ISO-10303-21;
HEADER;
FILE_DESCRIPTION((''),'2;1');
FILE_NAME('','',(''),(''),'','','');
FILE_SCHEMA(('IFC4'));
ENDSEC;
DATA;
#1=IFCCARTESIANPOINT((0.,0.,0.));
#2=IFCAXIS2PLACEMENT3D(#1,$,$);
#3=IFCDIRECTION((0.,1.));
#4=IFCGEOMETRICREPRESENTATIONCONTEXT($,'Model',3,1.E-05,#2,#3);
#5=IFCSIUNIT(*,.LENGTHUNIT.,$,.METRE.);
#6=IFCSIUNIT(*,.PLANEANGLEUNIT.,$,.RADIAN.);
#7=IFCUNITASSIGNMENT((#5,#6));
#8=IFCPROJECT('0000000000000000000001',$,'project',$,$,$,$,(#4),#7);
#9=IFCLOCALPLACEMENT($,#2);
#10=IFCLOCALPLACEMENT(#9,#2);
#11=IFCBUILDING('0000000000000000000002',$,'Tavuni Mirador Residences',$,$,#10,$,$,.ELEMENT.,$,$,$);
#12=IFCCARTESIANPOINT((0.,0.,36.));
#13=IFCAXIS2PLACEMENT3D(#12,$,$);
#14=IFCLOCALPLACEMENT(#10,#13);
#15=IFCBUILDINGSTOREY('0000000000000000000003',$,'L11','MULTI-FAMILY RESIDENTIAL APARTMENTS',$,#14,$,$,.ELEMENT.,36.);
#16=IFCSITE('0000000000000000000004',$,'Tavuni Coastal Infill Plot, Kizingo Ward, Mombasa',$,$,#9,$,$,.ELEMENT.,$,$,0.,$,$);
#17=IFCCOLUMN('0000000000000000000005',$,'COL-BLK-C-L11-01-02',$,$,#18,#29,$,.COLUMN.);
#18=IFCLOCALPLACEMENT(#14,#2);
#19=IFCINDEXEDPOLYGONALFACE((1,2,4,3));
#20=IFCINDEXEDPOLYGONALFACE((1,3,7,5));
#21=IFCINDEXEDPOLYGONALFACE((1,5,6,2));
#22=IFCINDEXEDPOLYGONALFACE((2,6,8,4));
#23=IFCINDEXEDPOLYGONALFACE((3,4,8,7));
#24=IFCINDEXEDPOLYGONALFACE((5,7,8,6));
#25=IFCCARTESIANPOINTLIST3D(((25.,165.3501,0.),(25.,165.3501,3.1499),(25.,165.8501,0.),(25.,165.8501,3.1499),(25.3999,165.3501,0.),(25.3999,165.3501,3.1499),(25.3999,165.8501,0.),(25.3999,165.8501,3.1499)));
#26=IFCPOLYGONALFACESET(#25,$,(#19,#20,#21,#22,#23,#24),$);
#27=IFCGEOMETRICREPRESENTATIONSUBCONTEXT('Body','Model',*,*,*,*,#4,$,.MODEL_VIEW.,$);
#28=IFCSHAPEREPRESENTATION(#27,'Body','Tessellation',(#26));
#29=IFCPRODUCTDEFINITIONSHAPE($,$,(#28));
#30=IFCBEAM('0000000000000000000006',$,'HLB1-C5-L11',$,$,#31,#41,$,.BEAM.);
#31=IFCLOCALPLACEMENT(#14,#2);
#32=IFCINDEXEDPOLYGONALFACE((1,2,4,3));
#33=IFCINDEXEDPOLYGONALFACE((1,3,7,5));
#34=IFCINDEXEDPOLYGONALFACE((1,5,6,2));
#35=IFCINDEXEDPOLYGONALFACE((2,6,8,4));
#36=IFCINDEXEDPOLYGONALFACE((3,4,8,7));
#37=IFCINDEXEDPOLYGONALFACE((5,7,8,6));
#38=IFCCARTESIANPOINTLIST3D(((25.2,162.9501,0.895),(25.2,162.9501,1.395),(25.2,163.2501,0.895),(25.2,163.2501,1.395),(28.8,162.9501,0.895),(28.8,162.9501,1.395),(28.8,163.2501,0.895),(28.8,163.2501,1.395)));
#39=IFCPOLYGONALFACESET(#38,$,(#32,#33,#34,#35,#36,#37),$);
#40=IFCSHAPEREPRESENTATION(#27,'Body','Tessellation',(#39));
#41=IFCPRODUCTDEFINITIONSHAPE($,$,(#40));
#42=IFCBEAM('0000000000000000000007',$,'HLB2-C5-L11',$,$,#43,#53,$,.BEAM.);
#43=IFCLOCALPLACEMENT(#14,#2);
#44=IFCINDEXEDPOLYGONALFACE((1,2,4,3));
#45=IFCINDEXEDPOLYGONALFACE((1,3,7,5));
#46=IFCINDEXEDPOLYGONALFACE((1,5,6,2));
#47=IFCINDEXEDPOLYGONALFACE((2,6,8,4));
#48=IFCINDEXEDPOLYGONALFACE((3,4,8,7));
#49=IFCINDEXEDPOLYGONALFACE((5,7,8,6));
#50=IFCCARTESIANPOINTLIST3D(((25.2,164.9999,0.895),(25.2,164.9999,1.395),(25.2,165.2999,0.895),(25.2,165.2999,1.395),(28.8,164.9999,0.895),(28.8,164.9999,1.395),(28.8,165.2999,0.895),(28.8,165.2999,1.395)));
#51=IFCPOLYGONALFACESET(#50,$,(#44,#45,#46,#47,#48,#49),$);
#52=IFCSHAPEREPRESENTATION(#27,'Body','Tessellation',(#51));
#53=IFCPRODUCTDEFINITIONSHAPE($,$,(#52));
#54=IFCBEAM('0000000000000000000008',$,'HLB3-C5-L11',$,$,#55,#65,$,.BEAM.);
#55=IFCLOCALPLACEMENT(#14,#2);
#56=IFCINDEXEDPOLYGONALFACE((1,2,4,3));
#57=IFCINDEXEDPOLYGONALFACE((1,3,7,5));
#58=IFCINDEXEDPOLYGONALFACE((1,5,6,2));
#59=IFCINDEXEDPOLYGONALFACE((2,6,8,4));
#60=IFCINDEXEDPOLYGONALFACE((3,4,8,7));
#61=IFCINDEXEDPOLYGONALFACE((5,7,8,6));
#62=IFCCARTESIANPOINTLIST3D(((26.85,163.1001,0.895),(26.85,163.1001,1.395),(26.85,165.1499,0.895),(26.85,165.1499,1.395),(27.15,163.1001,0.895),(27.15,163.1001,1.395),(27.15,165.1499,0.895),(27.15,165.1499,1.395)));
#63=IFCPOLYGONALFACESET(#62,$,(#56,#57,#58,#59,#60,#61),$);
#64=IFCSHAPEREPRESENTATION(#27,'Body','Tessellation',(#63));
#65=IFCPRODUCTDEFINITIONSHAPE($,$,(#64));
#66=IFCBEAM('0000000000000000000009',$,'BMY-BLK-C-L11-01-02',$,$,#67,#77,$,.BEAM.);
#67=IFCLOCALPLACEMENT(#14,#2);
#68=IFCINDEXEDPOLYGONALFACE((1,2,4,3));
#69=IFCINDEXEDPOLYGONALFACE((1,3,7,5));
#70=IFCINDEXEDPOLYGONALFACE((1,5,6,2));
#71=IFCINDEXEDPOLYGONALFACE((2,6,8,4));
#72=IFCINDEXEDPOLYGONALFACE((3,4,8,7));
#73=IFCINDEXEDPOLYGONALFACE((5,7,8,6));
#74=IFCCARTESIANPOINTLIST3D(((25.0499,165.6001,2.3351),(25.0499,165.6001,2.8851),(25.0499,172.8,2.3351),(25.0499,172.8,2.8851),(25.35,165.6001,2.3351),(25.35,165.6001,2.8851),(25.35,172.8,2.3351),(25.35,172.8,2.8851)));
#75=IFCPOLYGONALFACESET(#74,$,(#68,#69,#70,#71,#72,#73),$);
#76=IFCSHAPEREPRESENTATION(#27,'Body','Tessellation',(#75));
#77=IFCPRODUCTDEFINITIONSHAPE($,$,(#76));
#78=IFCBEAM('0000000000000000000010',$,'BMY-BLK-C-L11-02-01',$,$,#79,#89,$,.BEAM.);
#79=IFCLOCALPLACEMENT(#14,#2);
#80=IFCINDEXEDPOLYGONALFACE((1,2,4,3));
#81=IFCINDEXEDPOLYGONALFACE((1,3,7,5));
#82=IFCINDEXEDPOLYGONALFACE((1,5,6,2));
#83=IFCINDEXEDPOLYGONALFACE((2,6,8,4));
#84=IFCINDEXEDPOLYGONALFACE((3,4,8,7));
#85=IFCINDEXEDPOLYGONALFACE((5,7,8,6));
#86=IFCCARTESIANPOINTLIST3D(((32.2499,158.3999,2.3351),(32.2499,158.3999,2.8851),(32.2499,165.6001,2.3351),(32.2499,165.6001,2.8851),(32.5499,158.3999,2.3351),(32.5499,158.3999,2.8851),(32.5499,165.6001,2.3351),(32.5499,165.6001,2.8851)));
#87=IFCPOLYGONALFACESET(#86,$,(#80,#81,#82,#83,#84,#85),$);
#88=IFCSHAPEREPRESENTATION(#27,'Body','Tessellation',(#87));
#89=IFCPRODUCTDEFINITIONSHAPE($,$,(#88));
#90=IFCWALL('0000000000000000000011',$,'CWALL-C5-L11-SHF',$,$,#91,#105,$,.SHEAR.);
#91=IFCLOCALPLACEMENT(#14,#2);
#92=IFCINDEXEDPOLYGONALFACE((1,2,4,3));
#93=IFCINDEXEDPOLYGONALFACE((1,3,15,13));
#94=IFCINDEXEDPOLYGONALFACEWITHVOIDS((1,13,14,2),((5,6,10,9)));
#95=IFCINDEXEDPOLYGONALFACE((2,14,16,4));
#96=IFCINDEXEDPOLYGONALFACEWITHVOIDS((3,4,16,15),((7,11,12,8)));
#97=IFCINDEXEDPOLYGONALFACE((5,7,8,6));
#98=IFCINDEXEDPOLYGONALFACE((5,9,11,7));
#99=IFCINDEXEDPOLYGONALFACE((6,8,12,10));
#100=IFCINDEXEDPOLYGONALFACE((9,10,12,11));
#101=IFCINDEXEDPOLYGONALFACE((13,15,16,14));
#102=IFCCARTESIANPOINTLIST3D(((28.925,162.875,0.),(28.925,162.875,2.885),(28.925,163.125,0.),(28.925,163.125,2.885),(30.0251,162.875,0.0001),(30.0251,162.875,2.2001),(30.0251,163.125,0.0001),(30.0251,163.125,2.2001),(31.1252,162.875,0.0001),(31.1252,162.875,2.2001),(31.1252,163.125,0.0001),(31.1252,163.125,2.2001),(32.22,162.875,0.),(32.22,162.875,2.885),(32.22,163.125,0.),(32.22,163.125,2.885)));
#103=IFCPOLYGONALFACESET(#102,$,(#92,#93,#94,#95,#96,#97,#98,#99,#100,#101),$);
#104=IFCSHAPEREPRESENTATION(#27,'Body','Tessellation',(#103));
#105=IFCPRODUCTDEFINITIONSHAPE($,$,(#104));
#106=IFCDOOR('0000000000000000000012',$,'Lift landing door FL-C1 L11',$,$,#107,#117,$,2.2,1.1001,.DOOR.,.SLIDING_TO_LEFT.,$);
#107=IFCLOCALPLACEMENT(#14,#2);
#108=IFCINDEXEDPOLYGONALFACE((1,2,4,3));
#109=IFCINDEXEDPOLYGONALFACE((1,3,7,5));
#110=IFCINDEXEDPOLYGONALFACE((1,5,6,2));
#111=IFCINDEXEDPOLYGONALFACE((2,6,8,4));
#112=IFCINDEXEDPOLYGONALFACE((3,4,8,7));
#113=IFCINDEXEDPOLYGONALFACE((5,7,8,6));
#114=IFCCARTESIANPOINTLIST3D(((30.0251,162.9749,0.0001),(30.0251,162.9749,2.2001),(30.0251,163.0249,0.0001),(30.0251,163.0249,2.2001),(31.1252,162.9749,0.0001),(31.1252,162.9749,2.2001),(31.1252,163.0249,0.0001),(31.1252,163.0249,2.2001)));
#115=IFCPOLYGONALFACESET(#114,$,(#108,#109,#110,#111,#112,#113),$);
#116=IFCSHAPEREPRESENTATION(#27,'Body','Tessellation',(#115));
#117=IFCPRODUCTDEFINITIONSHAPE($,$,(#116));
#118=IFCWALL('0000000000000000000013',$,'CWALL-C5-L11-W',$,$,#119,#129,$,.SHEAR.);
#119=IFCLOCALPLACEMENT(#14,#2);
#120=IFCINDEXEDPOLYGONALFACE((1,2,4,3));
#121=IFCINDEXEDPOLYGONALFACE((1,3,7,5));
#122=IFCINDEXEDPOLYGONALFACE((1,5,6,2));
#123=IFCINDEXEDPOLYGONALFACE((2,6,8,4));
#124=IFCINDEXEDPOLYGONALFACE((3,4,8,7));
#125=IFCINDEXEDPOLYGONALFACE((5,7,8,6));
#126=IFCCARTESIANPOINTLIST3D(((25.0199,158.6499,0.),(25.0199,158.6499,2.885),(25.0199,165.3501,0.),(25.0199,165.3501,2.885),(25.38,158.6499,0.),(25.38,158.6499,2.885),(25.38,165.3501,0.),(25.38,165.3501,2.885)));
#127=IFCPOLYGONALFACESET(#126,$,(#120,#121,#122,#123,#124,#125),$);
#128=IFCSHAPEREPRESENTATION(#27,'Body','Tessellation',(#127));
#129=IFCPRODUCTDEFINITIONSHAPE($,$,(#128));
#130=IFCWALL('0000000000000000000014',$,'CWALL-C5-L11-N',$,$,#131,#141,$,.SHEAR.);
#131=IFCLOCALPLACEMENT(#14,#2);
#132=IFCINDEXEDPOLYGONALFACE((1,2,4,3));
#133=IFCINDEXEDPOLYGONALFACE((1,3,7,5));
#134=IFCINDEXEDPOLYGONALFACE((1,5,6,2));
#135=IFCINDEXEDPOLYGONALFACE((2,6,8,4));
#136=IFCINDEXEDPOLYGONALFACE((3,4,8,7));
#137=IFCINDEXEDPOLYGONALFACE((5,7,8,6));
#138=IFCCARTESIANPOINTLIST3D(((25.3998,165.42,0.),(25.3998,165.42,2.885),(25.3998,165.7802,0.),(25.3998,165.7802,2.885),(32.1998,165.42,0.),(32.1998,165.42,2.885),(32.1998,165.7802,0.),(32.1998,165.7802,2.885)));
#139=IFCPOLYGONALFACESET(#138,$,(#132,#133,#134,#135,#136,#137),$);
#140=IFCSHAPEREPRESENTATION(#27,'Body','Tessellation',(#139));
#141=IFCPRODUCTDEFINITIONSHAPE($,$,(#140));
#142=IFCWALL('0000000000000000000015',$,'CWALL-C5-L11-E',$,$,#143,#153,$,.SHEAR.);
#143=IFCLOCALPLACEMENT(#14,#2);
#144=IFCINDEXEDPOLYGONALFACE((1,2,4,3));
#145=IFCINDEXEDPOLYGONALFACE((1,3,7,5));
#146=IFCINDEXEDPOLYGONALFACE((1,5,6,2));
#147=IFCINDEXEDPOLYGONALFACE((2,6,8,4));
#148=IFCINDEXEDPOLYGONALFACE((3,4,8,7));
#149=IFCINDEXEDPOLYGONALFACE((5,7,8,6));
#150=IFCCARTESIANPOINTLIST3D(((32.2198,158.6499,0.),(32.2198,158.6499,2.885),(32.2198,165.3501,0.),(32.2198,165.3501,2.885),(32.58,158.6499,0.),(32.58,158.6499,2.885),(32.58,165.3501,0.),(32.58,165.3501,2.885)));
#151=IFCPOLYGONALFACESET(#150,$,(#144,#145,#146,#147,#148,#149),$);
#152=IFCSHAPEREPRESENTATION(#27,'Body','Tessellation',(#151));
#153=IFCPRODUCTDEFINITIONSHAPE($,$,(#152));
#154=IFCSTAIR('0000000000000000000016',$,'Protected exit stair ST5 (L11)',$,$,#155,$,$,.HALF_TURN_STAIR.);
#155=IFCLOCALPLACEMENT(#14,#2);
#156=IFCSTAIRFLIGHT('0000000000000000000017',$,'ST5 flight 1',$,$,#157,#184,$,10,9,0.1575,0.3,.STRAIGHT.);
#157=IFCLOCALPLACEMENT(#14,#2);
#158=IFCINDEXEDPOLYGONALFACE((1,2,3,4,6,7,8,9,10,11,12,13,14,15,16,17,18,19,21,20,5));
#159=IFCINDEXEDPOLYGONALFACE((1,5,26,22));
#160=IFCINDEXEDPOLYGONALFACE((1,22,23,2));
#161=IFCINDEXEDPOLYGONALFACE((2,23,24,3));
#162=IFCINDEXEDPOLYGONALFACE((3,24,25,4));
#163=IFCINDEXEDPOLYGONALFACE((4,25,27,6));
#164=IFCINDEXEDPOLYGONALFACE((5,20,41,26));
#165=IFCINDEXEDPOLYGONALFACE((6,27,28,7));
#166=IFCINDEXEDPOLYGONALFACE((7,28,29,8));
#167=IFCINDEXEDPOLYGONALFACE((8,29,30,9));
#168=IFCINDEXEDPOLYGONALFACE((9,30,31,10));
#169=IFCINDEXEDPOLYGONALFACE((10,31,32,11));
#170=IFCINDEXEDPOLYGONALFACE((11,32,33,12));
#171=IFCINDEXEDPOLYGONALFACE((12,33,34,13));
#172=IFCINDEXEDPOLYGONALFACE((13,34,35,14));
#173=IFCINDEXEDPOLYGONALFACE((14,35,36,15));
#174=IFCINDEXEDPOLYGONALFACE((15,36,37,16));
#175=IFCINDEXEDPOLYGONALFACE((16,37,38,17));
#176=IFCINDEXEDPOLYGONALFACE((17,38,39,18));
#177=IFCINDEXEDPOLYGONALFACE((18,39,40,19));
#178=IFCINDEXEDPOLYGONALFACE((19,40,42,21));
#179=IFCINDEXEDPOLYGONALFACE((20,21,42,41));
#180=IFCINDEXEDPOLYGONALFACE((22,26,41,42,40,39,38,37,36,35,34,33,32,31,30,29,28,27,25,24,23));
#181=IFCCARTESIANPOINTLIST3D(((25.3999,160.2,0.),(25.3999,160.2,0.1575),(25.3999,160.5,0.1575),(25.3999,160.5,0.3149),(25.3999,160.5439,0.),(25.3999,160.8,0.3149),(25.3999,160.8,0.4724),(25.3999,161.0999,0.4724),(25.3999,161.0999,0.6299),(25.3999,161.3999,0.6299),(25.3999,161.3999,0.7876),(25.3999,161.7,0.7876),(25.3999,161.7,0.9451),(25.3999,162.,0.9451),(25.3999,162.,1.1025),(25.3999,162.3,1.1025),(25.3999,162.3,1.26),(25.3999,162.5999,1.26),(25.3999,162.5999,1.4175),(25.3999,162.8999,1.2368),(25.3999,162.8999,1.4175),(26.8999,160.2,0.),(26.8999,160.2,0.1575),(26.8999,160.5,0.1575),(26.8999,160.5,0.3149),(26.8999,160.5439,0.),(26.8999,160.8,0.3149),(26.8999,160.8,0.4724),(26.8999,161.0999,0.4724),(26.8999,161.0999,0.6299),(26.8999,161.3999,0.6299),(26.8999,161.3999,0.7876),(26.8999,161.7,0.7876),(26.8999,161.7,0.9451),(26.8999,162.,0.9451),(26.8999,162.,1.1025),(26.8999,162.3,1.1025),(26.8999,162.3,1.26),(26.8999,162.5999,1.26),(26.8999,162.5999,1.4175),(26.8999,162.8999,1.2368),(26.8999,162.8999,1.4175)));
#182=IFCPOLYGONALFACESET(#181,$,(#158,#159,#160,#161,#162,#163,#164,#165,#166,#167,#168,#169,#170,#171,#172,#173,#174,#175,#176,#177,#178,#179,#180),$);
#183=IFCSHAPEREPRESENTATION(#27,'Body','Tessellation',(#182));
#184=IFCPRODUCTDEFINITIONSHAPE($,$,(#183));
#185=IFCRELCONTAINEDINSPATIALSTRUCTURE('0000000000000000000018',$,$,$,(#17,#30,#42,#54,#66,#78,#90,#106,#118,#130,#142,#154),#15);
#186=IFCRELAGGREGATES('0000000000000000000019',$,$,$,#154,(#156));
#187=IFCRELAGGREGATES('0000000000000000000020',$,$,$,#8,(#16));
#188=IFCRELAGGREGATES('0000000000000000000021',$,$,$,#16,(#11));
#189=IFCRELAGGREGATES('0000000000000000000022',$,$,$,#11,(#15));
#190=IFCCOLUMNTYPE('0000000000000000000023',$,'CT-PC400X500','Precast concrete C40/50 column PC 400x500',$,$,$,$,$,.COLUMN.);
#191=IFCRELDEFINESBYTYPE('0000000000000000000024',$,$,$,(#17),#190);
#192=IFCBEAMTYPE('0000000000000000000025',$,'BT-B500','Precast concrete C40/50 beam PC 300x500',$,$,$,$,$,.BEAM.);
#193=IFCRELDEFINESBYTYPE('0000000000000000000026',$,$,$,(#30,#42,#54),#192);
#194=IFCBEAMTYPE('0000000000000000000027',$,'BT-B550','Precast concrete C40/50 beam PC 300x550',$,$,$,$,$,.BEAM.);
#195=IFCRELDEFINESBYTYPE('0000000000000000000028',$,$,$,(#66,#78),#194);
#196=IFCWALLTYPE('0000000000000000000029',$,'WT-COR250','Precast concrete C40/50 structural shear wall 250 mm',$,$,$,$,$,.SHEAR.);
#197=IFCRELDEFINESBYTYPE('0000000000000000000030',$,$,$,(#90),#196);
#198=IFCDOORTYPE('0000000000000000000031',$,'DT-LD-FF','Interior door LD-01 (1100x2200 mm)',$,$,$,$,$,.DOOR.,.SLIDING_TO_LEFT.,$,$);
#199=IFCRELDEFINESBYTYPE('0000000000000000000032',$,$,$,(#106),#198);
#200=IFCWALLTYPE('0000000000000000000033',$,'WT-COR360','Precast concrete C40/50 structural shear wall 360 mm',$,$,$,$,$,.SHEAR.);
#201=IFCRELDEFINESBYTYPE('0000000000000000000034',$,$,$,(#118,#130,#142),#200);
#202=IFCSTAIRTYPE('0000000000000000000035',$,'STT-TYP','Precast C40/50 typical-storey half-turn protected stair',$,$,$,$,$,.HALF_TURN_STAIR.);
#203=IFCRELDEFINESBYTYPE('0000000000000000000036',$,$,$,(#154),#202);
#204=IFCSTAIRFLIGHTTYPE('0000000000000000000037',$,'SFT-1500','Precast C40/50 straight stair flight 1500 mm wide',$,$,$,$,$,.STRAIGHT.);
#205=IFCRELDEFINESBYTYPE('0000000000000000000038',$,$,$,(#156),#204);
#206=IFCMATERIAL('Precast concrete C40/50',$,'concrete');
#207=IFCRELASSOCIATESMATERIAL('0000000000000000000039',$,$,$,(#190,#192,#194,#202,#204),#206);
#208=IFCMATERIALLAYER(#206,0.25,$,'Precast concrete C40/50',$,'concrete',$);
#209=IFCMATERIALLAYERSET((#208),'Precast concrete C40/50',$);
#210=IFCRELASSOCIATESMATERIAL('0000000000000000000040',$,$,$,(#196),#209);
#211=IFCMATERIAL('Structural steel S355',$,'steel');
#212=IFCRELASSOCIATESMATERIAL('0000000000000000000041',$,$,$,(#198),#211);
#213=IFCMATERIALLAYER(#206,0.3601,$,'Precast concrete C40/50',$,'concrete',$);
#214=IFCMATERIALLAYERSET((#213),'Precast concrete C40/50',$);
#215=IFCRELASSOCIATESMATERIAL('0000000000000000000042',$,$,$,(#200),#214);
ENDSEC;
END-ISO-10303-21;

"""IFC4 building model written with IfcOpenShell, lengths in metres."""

from ifc_helpers import new_model, si_unit, direction, frame, frame_2d, origin, origin_2d, place, context, subcontext, project, spatial, polyline, rectangle, outline, extrude, material, layer, layer_set, material_profile, profile_set, type_object, element, fill, aggregate, save


model = new_model("IFC4")

# Units and contexts
model_context = context("Model", 3, precision=1e-05, world=origin(), true_north=direction((0.0, 1.0)))
body_context = subcontext(model_context, "Body", "Model", "MODEL_VIEW")
ifc_project = project(units=[si_unit("LENGTHUNIT", "METRE"), si_unit("PLANEANGLEUNIT", "RADIAN")], contexts=[model_context])

# Site, building, storey
site_placement = place(None, origin())
site = spatial("IfcSite", under=ifc_project, at=site_placement, Name="Tavuni Coastal Infill Plot, Kizingo Ward, Mombasa", CompositionType="ELEMENT", RefElevation=0.0)
building_placement = place(site_placement, origin())
building = spatial("IfcBuilding", under=site, at=building_placement, Name="Tavuni Mirador Residences", CompositionType="ELEMENT")
storey_placement = place(building_placement, frame((0.0, 0.0, 36.0)))
storey = spatial("IfcBuildingStorey", under=building, at=storey_placement, Name="L11", Description="MULTI-FAMILY RESIDENTIAL APARTMENTS", CompositionType="ELEMENT", Elevation=36.0)

# Column
ifc_material_1 = material(Name="Precast concrete C40/50", Category="concrete")
ifc_material_profile_1 = material_profile(ifc_material_1, rectangle(XDim=0.3999, YDim=0.5, at=origin_2d()), Name="PC 400x500", Category="concrete")
ifc_profile_set_1 = profile_set([ifc_material_profile_1], Name="Precast concrete C40/50")
column_type = type_object("IfcColumnType", Name="CT-PC400X500", Description="Precast concrete C40/50 column PC 400x500", PredefinedType="COLUMN", material=ifc_profile_set_1)
column_placement = place(storey_placement, frame((25.2, 165.6001, 0.0), z_axis=(0.0, 0.0, 1.0), x_axis=(1.0, 0.0, 0.0)))
element("IfcColumn", 1, at=column_placement, inside=storey, type_object=column_type, Name="COL-BLK-C-L11-01-02", PredefinedType="COLUMN", context=body_context, shape_type="SweptSolid", body=[
    extrude(rectangle(XDim=0.3999, YDim=0.5, at=origin_2d()), origin(), (0.0, 0.0, 1.0), 3.1499),
])

# Beams
ifc_material_profile_2 = material_profile(ifc_material_1, rectangle(XDim=0.3, YDim=0.5, at=origin_2d()), Name="PC 300x500", Category="concrete")
ifc_profile_set_2 = profile_set([ifc_material_profile_2], Name="Precast concrete C40/50")
beam_type_1 = type_object("IfcBeamType", Name="BT-B500", Description="Precast concrete C40/50 beam PC 300x500", PredefinedType="BEAM", material=ifc_profile_set_2)
for number, where, z_axis, x_axis, name in (
    (2, (25.2, 163.1001, 1.145), (1.0, 0.0, 0.0), (0.0, 1.0, 0.0), "HLB1-C5-L11"),
    (3, (25.2, 165.1499, 1.145), (1.0, 0.0, 0.0), (0.0, 1.0, 0.0), "HLB2-C5-L11"),
):
    element("IfcBeam", number, at=place(storey_placement, frame(where, z_axis=z_axis, x_axis=x_axis)), inside=storey, type_object=beam_type_1, Name=name, PredefinedType="BEAM", context=body_context, shape_type="SweptSolid", body=[
        extrude(rectangle(XDim=0.3, YDim=0.5, at=origin_2d()), origin(), (0.0, 0.0, 1.0), 3.6001),
    ])
beam_1_placement = place(storey_placement, frame((27.0, 163.1001, 1.145), z_axis=(0.0, 1.0, 0.0), x_axis=(-1.0, 0.0, 0.0)))
element("IfcBeam", 4, at=beam_1_placement, inside=storey, type_object=beam_type_1, Name="HLB3-C5-L11", PredefinedType="BEAM", context=body_context, shape_type="SweptSolid", body=[
    extrude(rectangle(XDim=0.3, YDim=0.5, at=origin_2d()), origin(), (0.0, 0.0, 1.0), 2.0498),
])
ifc_material_profile_3 = material_profile(ifc_material_1, rectangle(XDim=0.3, YDim=0.55, at=origin_2d()), Name="PC 300x550", Category="concrete")
ifc_profile_set_3 = profile_set([ifc_material_profile_3], Name="Precast concrete C40/50")
beam_type_2 = type_object("IfcBeamType", Name="BT-B550", Description="Precast concrete C40/50 beam PC 300x550", PredefinedType="BEAM", material=ifc_profile_set_3)
beam_2_placement = place(storey_placement, frame((25.2, 165.6001, 2.6101), z_axis=(0.0, 1.0, 0.0), x_axis=(-1.0, 0.0, 0.0)))
element("IfcBeam", 5, at=beam_2_placement, inside=storey, type_object=beam_type_2, Name="BMY-BLK-C-L11-01-02", PredefinedType="BEAM", context=body_context, shape_type="SweptSolid", body=[
    extrude(rectangle(XDim=0.3, YDim=0.55, at=origin_2d()), origin(), (0.0, 0.0, 1.0), 7.2),
])
beam_3_placement = place(storey_placement, frame((32.3999, 158.3999, 2.6101), z_axis=(0.0, 1.0, 0.0), x_axis=(-1.0, 0.0, 0.0)))
element("IfcBeam", 6, at=beam_3_placement, inside=storey, type_object=beam_type_2, Name="BMY-BLK-C-L11-02-01", PredefinedType="BEAM", context=body_context, shape_type="SweptSolid", body=[
    extrude(rectangle(XDim=0.3, YDim=0.55, at=origin_2d()), origin(), (0.0, 0.0, 1.0), 7.2002),
])

# Wall, opening, door
ifc_layer_1 = layer(ifc_material_1, 0.25, Name="Precast concrete C40/50", Category="concrete")
ifc_layer_set_1 = layer_set([ifc_layer_1], Name="Precast concrete C40/50")
wall_type_1 = type_object("IfcWallType", Name="WT-COR250", Description="Precast concrete C40/50 structural shear wall 250 mm", PredefinedType="SHEAR", material=ifc_layer_set_1)
wall_1_placement = place(storey_placement, frame((28.925, 163.0, 0.0), z_axis=(0.0, 0.0, 1.0), x_axis=(1.0, 0.0, 0.0)))
wall_1 = element("IfcWall", 7, at=wall_1_placement, inside=storey, type_object=wall_type_1, Name="CWALL-C5-L11-SHF", PredefinedType="SHEAR", context=body_context, shape_type="SweptSolid", body=[
    extrude(rectangle(XDim=3.2949, YDim=0.25, at=frame_2d((1.6475, 0.0))), origin(), (0.0, 0.0, 1.0), 2.885),
])
opening_1_placement = place(wall_1_placement, frame((1.1001, 0.0, 0.0)))
opening_1 = element("IfcOpeningElement", 8, at=opening_1_placement, cuts=wall_1, PredefinedType="OPENING", context=body_context, shape_type="SweptSolid", body=[
    extrude(rectangle(XDim=1.1001, YDim=2.2, at=frame_2d((0.55, 1.1001))), frame((0.0, 0.135, 0.0), z_axis=(0.0, -1.0, 0.0), x_axis=(1.0, 0.0, 0.0)), (0.0, 0.0, 1.0), 0.27),
])
ifc_material_2 = material(Name="Structural steel S355", Category="steel")
door_type_1 = type_object("IfcDoorType", Name="DT-LD-FF", Description="Interior door LD-01 (1100x2200 mm)", OperationType="SLIDING_TO_LEFT", PredefinedType="DOOR", material=ifc_material_2)
door_1_placement = place(opening_1_placement, origin())
door_1 = element("IfcDoor", 9, at=door_1_placement, inside=storey, type_object=door_type_1, Name="Lift landing door FL-C1 L11", OperationType="SLIDING_TO_LEFT", OverallHeight=2.2, OverallWidth=1.1001, PredefinedType="DOOR", context=body_context, shape_type="SweptSolid", body=[
    extrude(rectangle(XDim=1.1001, YDim=2.2, at=frame_2d((0.55, 1.1001))), frame((0.0, 0.0249, 0.0), z_axis=(0.0, -1.0, 0.0), x_axis=(1.0, 0.0, 0.0)), (0.0, 0.0, 1.0), 0.05),
])
fill(opening_1, door_1)

# Walls
ifc_layer_2 = layer(ifc_material_1, 0.3601, Name="Precast concrete C40/50", Category="concrete")
ifc_layer_set_2 = layer_set([ifc_layer_2], Name="Precast concrete C40/50")
wall_type_2 = type_object("IfcWallType", Name="WT-COR360", Description="Precast concrete C40/50 structural shear wall 360 mm", PredefinedType="SHEAR", material=ifc_layer_set_2)
wall_2_placement = place(storey_placement, frame((25.2, 158.6499, 0.0), z_axis=(0.0, 0.0, 1.0), x_axis=(0.0, 1.0, 0.0)))
element("IfcWall", 10, at=wall_2_placement, inside=storey, type_object=wall_type_2, Name="CWALL-C5-L11-W", PredefinedType="SHEAR", context=body_context, shape_type="SweptSolid", body=[
    extrude(rectangle(XDim=6.7002, YDim=0.3601, at=frame_2d((3.3501, 0.0))), origin(), (0.0, 0.0, 1.0), 2.885),
])
wall_3_placement = place(storey_placement, frame((25.3999, 165.6001, 0.0), z_axis=(0.0, 0.0, 1.0), x_axis=(1.0, 0.0, 0.0)))
element("IfcWall", 11, at=wall_3_placement, inside=storey, type_object=wall_type_2, Name="CWALL-C5-L11-N", PredefinedType="SHEAR", context=body_context, shape_type="SweptSolid", body=[
    extrude(rectangle(XDim=6.8, YDim=0.3601, at=frame_2d((3.3999, 0.0))), origin(), (0.0, 0.0, 1.0), 2.885),
])
wall_4_placement = place(storey_placement, frame((32.3999, 158.6499, 0.0), z_axis=(0.0, 0.0, 1.0), x_axis=(0.0, 1.0, 0.0)))
element("IfcWall", 12, at=wall_4_placement, inside=storey, type_object=wall_type_2, Name="CWALL-C5-L11-E", PredefinedType="SHEAR", context=body_context, shape_type="SweptSolid", body=[
    extrude(rectangle(XDim=6.7002, YDim=0.3601, at=frame_2d((3.3501, 0.0))), origin(), (0.0, 0.0, 1.0), 2.885),
])

# Stair, stair flight
stair_type = type_object("IfcStairType", Name="STT-TYP", Description="Precast C40/50 typical-storey half-turn protected stair", PredefinedType="HALF_TURN_STAIR", material=ifc_material_1)
stair_placement = place(storey_placement, origin())
stair = element("IfcStair", 13, at=stair_placement, inside=storey, type_object=stair_type, Name="Protected exit stair ST5 (L11)", PredefinedType="HALF_TURN_STAIR")
stair_flight_type = type_object("IfcStairFlightType", Name="SFT-1500", Description="Precast C40/50 straight stair flight 1500 mm wide", PredefinedType="STRAIGHT", material=ifc_material_1)
stair_flight_1_placement = place(storey_placement, frame((26.1499, 160.2, 0.0), z_axis=(0.0, 0.0, 1.0), x_axis=(0.0, 1.0, 0.0)))
stair_flight_1 = element("IfcStairFlight", 14, at=stair_flight_1_placement, type_object=stair_flight_type, Name="ST5 flight 1", NumberOfRisers=10, NumberOfTreads=9, PredefinedType="STRAIGHT", RiserHeight=0.1575, TreadLength=0.3, context=body_context, shape_type="SweptSolid", body=[
    extrude(outline(polyline([(0.0, 0.0), (0.0, 0.1575), (0.3, 0.1575), (0.3, 0.3149), (0.6001, 0.3149), (0.6001, 0.4724), (0.8999, 0.4724), (0.8999, 0.6299), (1.2, 0.6299), (1.2, 0.7876), (1.5, 0.7876), (1.5, 0.9451), (1.8, 0.9451), (1.8, 1.1025), (2.1001, 1.1025), (2.1001, 1.26), (2.3999, 1.26), (2.3999, 1.4175), (2.7, 1.4175), (2.7, 1.575), (2.7, 1.2368), (0.344, 0.0), (0.0, 0.0)])), frame((0.0, 0.75, 0.0), z_axis=(0.0, -1.0, 0.0), x_axis=(1.0, 0.0, 0.0)), (0.0, 0.0, 1.0), 1.5),
])
aggregate(stair, [stair_flight_1])

save(model, "model.ifc")
